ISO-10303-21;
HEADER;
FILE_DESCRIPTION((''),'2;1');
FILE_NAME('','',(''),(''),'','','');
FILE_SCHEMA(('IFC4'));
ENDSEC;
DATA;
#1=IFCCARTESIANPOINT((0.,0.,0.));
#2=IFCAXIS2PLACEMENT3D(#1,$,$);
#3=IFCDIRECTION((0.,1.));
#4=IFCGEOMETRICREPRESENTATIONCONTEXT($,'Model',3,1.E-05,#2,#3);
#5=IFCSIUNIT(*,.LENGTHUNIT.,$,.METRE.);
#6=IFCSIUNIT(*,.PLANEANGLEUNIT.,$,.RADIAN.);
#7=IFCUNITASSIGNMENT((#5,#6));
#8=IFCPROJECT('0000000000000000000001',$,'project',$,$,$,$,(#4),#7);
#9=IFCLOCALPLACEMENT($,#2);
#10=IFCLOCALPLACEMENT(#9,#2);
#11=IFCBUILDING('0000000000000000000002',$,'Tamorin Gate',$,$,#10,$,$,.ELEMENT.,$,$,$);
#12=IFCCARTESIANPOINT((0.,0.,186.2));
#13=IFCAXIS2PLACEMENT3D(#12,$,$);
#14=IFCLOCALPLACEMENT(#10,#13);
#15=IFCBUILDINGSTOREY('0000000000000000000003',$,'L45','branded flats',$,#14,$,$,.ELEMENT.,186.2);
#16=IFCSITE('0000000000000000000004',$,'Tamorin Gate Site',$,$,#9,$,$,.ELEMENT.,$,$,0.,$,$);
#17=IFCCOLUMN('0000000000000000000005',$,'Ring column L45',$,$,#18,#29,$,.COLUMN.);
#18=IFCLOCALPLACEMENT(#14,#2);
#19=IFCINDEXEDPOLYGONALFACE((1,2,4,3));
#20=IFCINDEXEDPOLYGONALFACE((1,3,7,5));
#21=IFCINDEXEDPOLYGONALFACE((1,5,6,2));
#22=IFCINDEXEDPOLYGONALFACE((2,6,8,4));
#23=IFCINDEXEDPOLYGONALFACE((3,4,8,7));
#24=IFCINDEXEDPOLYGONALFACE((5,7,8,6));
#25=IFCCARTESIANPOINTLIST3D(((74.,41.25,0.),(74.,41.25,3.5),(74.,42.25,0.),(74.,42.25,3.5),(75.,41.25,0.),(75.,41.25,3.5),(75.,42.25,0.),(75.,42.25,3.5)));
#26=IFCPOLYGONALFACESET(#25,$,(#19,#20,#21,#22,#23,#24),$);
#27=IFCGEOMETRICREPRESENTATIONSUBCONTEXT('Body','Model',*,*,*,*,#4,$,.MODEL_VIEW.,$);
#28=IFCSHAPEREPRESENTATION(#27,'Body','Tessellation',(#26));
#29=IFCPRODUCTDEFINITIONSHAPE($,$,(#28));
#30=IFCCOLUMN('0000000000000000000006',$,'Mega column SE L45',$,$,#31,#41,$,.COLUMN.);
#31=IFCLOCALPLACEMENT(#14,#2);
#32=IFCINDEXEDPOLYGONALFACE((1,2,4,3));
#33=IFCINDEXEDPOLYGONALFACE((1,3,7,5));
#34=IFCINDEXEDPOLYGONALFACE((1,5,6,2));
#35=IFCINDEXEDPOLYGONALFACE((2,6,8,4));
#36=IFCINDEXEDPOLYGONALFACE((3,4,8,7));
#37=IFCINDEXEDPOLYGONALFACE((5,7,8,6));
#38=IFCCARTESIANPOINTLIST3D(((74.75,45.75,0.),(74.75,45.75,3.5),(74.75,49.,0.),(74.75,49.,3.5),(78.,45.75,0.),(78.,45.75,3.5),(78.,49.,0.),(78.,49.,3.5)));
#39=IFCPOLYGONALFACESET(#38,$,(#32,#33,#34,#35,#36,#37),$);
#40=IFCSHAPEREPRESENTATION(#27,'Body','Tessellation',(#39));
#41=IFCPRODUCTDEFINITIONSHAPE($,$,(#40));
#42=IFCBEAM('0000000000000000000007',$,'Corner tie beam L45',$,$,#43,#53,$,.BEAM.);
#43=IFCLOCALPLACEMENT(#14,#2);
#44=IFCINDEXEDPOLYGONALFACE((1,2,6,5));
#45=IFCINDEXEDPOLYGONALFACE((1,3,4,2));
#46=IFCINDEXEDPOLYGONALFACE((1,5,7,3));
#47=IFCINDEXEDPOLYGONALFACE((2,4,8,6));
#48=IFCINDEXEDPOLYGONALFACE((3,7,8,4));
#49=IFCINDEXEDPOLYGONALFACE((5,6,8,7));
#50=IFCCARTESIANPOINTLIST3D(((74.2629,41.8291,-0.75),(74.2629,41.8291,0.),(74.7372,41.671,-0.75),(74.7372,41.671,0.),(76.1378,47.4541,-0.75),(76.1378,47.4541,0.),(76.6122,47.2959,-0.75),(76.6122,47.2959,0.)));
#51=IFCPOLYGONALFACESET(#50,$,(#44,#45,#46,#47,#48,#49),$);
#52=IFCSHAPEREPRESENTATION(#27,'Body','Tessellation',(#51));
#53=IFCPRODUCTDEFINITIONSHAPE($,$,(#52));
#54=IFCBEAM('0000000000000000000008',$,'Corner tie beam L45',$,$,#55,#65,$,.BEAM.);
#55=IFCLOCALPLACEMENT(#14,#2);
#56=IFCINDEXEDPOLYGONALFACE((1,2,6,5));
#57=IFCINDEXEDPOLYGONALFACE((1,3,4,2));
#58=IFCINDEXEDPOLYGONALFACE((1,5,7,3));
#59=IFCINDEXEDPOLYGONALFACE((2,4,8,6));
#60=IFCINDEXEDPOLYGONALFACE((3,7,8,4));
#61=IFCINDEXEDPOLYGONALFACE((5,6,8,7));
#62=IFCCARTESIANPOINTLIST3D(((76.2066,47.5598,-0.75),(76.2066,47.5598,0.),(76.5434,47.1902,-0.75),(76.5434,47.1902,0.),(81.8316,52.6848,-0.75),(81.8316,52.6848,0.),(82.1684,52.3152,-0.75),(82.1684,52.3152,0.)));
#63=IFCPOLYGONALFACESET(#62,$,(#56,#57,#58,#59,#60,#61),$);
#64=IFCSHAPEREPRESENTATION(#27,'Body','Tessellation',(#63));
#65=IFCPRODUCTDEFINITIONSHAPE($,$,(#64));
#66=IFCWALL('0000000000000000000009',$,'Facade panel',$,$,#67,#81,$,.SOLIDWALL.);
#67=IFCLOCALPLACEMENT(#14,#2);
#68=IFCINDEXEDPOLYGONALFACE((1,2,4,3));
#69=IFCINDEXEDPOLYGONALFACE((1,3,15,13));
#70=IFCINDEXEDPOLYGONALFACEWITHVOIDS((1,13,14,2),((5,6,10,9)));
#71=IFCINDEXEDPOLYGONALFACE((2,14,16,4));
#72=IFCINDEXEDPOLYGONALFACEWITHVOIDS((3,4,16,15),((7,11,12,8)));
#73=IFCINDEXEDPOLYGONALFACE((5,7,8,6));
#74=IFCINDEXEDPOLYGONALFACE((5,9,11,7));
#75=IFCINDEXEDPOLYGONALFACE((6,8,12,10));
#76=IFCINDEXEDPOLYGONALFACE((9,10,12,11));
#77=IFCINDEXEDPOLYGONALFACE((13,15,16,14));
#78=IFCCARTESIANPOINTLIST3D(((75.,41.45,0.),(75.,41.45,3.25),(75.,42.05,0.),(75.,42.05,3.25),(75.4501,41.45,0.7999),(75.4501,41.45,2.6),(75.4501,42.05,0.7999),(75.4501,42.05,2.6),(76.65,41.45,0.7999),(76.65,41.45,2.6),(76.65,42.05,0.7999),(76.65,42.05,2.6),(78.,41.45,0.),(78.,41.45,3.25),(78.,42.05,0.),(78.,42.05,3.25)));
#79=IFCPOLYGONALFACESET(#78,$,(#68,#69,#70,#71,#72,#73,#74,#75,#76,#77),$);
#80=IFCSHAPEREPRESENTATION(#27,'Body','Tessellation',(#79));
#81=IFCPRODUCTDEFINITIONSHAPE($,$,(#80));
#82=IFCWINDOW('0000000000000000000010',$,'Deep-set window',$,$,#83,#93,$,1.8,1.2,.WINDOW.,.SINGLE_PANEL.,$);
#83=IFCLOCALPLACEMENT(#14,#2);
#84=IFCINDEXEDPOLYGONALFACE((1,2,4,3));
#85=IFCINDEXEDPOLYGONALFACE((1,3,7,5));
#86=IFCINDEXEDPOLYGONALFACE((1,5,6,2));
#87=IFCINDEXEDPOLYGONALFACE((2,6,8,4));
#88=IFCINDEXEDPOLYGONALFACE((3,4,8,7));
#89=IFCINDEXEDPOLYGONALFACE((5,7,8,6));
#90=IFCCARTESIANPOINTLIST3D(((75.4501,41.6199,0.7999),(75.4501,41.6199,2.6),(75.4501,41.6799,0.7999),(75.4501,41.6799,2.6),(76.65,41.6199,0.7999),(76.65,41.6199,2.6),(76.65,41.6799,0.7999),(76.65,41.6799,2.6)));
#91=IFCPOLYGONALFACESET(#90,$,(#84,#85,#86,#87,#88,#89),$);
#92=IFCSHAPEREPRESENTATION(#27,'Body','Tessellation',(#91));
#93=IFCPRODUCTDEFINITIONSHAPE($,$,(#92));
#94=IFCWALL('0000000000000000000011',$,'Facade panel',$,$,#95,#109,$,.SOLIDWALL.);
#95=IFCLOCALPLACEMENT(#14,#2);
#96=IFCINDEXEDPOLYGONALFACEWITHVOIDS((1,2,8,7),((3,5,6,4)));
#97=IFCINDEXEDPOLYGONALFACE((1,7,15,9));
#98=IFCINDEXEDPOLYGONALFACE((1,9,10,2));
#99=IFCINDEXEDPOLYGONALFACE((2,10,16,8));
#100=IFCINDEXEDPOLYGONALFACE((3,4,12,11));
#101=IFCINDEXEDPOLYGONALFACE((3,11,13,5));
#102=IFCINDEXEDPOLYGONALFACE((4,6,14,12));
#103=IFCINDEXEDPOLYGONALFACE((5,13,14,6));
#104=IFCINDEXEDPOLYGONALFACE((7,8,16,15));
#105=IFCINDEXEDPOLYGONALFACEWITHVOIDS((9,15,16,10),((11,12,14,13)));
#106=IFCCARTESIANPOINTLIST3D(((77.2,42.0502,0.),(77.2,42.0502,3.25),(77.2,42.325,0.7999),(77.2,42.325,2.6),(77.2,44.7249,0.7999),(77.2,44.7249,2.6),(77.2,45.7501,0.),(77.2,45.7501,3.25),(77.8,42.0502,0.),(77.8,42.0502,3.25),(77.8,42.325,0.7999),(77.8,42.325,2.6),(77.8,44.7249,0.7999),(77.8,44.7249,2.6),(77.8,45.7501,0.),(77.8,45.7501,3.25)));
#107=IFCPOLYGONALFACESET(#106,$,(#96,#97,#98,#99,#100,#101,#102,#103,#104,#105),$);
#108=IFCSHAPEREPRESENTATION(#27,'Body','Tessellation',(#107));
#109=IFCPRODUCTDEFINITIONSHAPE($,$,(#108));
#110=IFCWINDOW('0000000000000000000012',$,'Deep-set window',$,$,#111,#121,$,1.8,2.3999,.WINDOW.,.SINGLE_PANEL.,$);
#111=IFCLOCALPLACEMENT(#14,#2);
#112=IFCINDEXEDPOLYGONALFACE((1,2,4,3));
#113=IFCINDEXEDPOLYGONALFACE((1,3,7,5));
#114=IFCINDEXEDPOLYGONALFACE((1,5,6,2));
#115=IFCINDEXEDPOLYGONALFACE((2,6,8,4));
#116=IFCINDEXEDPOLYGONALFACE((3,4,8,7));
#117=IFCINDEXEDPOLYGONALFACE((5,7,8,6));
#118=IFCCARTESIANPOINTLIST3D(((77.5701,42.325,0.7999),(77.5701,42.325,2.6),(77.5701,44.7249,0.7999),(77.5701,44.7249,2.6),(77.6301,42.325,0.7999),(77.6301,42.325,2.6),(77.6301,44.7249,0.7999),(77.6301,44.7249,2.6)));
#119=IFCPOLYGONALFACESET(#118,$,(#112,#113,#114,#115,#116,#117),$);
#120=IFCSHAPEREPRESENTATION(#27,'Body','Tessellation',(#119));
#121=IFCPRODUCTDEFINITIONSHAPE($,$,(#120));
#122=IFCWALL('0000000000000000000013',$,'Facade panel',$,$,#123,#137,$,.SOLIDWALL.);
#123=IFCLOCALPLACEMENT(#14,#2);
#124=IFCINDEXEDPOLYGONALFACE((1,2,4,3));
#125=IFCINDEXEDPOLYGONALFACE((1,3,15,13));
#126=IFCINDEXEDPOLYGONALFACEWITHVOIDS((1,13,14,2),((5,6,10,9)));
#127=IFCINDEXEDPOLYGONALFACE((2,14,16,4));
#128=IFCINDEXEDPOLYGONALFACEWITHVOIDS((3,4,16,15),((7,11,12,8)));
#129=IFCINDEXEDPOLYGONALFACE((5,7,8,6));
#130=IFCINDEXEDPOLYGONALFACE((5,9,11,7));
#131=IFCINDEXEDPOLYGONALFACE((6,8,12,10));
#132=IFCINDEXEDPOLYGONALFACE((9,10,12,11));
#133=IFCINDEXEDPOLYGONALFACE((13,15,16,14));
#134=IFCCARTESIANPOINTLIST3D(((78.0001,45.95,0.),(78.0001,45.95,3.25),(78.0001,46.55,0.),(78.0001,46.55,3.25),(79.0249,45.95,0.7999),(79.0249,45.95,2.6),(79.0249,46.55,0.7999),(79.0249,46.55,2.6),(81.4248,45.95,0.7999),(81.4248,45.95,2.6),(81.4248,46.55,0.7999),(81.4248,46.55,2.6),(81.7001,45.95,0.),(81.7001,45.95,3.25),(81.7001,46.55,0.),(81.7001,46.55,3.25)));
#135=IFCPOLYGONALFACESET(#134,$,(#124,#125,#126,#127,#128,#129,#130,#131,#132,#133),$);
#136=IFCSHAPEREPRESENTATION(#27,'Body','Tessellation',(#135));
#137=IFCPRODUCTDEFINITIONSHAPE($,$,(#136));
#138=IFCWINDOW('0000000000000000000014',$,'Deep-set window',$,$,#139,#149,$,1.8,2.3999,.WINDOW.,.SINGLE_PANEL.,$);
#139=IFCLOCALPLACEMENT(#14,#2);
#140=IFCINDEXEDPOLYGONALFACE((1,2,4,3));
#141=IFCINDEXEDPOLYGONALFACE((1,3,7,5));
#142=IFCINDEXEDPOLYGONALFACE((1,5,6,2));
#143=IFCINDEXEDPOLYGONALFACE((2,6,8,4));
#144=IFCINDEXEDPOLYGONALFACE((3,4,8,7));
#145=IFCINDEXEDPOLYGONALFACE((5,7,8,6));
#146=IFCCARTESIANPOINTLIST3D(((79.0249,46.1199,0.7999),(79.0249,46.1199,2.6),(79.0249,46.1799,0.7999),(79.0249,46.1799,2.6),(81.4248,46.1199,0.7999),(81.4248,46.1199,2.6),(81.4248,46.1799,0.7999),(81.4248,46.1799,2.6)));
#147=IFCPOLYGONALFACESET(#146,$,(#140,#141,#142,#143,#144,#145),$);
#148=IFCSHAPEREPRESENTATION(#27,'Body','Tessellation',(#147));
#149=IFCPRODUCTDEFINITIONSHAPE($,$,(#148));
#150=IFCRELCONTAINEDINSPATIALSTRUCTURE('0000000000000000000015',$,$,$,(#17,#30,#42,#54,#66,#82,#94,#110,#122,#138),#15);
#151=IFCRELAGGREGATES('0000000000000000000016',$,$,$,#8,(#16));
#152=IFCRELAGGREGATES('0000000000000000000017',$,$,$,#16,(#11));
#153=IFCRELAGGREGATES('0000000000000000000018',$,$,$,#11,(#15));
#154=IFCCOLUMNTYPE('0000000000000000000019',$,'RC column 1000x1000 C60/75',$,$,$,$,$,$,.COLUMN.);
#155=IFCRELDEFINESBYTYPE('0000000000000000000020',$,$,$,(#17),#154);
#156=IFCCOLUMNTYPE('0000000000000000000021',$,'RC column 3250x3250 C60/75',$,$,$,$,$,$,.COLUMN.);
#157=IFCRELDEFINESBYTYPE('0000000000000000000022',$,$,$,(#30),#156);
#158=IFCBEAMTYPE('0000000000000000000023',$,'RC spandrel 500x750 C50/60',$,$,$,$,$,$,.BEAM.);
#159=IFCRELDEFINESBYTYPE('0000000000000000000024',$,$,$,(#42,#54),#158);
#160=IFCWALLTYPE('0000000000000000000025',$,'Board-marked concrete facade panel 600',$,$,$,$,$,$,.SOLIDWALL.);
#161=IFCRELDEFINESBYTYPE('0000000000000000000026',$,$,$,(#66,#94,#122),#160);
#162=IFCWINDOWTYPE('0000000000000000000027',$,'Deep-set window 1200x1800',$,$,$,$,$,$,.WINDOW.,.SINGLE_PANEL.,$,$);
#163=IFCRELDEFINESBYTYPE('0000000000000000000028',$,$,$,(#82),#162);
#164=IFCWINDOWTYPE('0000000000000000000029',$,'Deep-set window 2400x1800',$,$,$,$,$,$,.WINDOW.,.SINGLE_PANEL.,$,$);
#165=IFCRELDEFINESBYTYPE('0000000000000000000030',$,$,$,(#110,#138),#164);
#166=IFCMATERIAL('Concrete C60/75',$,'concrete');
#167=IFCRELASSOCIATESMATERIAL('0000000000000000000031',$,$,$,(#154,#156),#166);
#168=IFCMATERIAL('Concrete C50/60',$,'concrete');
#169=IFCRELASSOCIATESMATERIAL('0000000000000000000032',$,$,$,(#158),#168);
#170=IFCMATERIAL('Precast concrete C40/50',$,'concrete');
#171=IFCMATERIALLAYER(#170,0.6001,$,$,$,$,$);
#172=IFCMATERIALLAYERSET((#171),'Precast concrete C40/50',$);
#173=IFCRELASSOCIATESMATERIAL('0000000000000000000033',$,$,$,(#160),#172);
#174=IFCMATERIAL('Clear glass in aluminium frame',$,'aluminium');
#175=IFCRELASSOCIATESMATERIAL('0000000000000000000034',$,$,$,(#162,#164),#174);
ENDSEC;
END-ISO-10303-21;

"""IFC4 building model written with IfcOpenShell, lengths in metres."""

from ifc_helpers import new_model, si_unit, direction, frame, frame_2d, origin, origin_2d, place, context, subcontext, project, spatial, rectangle, extrude, material, layer, layer_set, material_profile, profile_set, type_object, element, fill, save


model = new_model("IFC4")

# Units and contexts
model_context = context("Model", 3, precision=1e-05, world=origin(), true_north=direction((0.0, 1.0)))
body_context = subcontext(model_context, "Body", "Model", "MODEL_VIEW")
ifc_project = project(units=[si_unit("LENGTHUNIT", "METRE"), si_unit("PLANEANGLEUNIT", "RADIAN")], contexts=[model_context])

# Site, building, storey
site_placement = place(None, origin())
site = spatial("IfcSite", under=ifc_project, at=site_placement, Name="Tamorin Gate Site", CompositionType="ELEMENT", RefElevation=0.0)
building_placement = place(site_placement, origin())
building = spatial("IfcBuilding", under=site, at=building_placement, Name="Tamorin Gate", CompositionType="ELEMENT")
storey_placement = place(building_placement, frame((0.0, 0.0, 186.2)))
storey = spatial("IfcBuildingStorey", under=building, at=storey_placement, Name="L45", Description="branded flats", CompositionType="ELEMENT", Elevation=186.2)

# Columns
ifc_material_1 = material(Name="Concrete C60/75", Category="concrete")
ifc_material_profile_1 = material_profile(ifc_material_1, rectangle(XDim=1.0, YDim=1.0, at=origin_2d()), Name="RC 1000x1000")
ifc_profile_set_1 = profile_set([ifc_material_profile_1], Name="Concrete C60/75")
column_type_1 = type_object("IfcColumnType", Name="RC column 1000x1000 C60/75", PredefinedType="COLUMN", material=ifc_profile_set_1)
column_1_placement = place(storey_placement, frame((74.5, 41.75, 0.0), z_axis=(0.0, 0.0, 1.0), x_axis=(1.0, 0.0, 0.0)))
element("IfcColumn", 1, at=column_1_placement, inside=storey, type_object=column_type_1, Name="Ring column L45", PredefinedType="COLUMN", context=body_context, shape_type="SweptSolid", body=[
    extrude(rectangle(XDim=1.0, YDim=1.0, at=origin_2d()), origin(), (0.0, 0.0, 1.0), 3.5),
])
ifc_material_profile_2 = material_profile(ifc_material_1, rectangle(XDim=3.25, YDim=3.25, at=origin_2d()), Name="RC 3250x3250")
ifc_profile_set_2 = profile_set([ifc_material_profile_2], Name="Concrete C60/75")
column_type_2 = type_object("IfcColumnType", Name="RC column 3250x3250 C60/75", PredefinedType="COLUMN", material=ifc_profile_set_2)
column_2_placement = place(storey_placement, frame((76.375, 47.375, 0.0), z_axis=(0.0, 0.0, 1.0), x_axis=(1.0, 0.0, 0.0)))
element("IfcColumn", 2, at=column_2_placement, inside=storey, type_object=column_type_2, Name="Mega column SE L45", PredefinedType="COLUMN", context=body_context, shape_type="SweptSolid", body=[
    extrude(rectangle(XDim=3.25, YDim=3.25, at=origin_2d()), origin(), (0.0, 0.0, 1.0), 3.5),
])

# Beams
ifc_material_2 = material(Name="Concrete C50/60", Category="concrete")
ifc_material_profile_3 = material_profile(ifc_material_2, rectangle(XDim=0.5, YDim=0.75, at=origin_2d()), Name="RC 500x750")
ifc_profile_set_3 = profile_set([ifc_material_profile_3], Name="Concrete C50/60")
beam_type = type_object("IfcBeamType", Name="RC spandrel 500x750 C50/60", PredefinedType="BEAM", material=ifc_profile_set_3)
beam_1_placement = place(storey_placement, frame((76.375, 47.375, -0.375), z_axis=(-0.316228, -0.948683, 0.0), x_axis=(0.948683, -0.316228, 0.0)))
element("IfcBeam", 3, at=beam_1_placement, inside=storey, type_object=beam_type, Name="Corner tie beam L45", PredefinedType="BEAM", context=body_context, shape_type="SweptSolid", body=[
    extrude(rectangle(XDim=0.5, YDim=0.75, at=origin_2d()), origin(), (0.0, 0.0, 1.0), 5.9292),
])
beam_2_placement = place(storey_placement, frame((76.375, 47.375, -0.375), z_axis=(0.739196, 0.67349, 0.0), x_axis=(-0.67349, 0.739196, 0.0)))
element("IfcBeam", 4, at=beam_2_placement, inside=storey, type_object=beam_type, Name="Corner tie beam L45", PredefinedType="BEAM", context=body_context, shape_type="SweptSolid", body=[
    extrude(rectangle(XDim=0.5, YDim=0.75, at=origin_2d()), origin(), (0.0, 0.0, 1.0), 7.6096),
])

# Walls, openings, windows
ifc_material_3 = material(Name="Precast concrete C40/50", Category="concrete")
ifc_layer = layer(ifc_material_3, 0.6001)
ifc_layer_set = layer_set([ifc_layer], Name="Precast concrete C40/50")
wall_type = type_object("IfcWallType", Name="Board-marked concrete facade panel 600", PredefinedType="SOLIDWALL", material=ifc_layer_set)
wall_1_placement = place(storey_placement, frame((75.0, 41.75, 0.0), z_axis=(0.0, 0.0, 1.0), x_axis=(1.0, 0.0, 0.0)))
wall_1 = element("IfcWall", 5, at=wall_1_placement, inside=storey, type_object=wall_type, Name="Facade panel", PredefinedType="SOLIDWALL", context=body_context, shape_type="SweptSolid", body=[
    extrude(rectangle(XDim=3.0, YDim=0.6001, at=frame_2d((1.5, 0.0))), origin(), (0.0, 0.0, 1.0), 3.25),
])
opening_1_placement = place(wall_1_placement, frame((0.45, 0.0, 0.8)))
opening_1 = element("IfcOpeningElement", 6, at=opening_1_placement, cuts=wall_1, PredefinedType="OPENING", context=body_context, shape_type="SweptSolid", body=[
    extrude(rectangle(XDim=1.2, YDim=1.8, at=frame_2d((0.6001, 0.8999))), frame((0.0, 0.3101, 0.0), z_axis=(0.0, -1.0, 0.0), x_axis=(1.0, 0.0, 0.0)), (0.0, 0.0, 1.0), 0.6201),
])
ifc_material_4 = material(Name="Clear glass in aluminium frame", Category="aluminium")
window_type_1 = type_object("IfcWindowType", Name="Deep-set window 1200x1800", PartitioningType="SINGLE_PANEL", PredefinedType="WINDOW", material=ifc_material_4)
window_1_placement = place(opening_1_placement, origin())
window_1 = element("IfcWindow", 7, at=window_1_placement, inside=storey, type_object=window_type_1, Name="Deep-set window", OverallHeight=1.8, OverallWidth=1.2, PartitioningType="SINGLE_PANEL", PredefinedType="WINDOW", context=body_context, shape_type="SweptSolid", body=[
    extrude(rectangle(XDim=1.2, YDim=1.8, at=frame_2d((0.6001, 0.8999))), frame((0.0, -0.0701, 0.0), z_axis=(0.0, -1.0, 0.0), x_axis=(1.0, 0.0, 0.0)), (0.0, 0.0, 1.0), 0.0601),
])
fill(opening_1, window_1)
wall_2_placement = place(storey_placement, frame((77.5, 42.05, 0.0), z_axis=(0.0, 0.0, 1.0), x_axis=(0.0, 1.0, 0.0)))
wall_2 = element("IfcWall", 8, at=wall_2_placement, inside=storey, type_object=wall_type, Name="Facade panel", PredefinedType="SOLIDWALL", context=body_context, shape_type="SweptSolid", body=[
    extrude(rectangle(XDim=3.7, YDim=0.6001, at=frame_2d((1.8501, 0.0))), origin(), (0.0, 0.0, 1.0), 3.25),
])
opening_2_placement = place(wall_2_placement, frame((0.2749, 0.0, 0.8)))
opening_2 = element("IfcOpeningElement", 9, at=opening_2_placement, cuts=wall_2, PredefinedType="OPENING", context=body_context, shape_type="SweptSolid", body=[
    extrude(rectangle(XDim=2.3999, YDim=1.8, at=frame_2d((1.2, 0.8999))), frame((0.0, 0.3101, 0.0), z_axis=(0.0, -1.0, 0.0), x_axis=(1.0, 0.0, 0.0)), (0.0, 0.0, 1.0), 0.6201),
])
window_type_2 = type_object("IfcWindowType", Name="Deep-set window 2400x1800", PartitioningType="SINGLE_PANEL", PredefinedType="WINDOW", material=ifc_material_4)
window_2_placement = place(opening_2_placement, origin())
window_2 = element("IfcWindow", 10, at=window_2_placement, inside=storey, type_object=window_type_2, Name="Deep-set window", OverallHeight=1.8, OverallWidth=2.3999, PartitioningType="SINGLE_PANEL", PredefinedType="WINDOW", context=body_context, shape_type="SweptSolid", body=[
    extrude(rectangle(XDim=2.3999, YDim=1.8, at=frame_2d((1.2, 0.8999))), frame((0.0, -0.0701, 0.0), z_axis=(0.0, -1.0, 0.0), x_axis=(1.0, 0.0, 0.0)), (0.0, 0.0, 1.0), 0.0601),
])
fill(opening_2, window_2)
wall_3_placement = place(storey_placement, frame((78.0, 46.25, 0.0), z_axis=(0.0, 0.0, 1.0), x_axis=(1.0, 0.0, 0.0)))
wall_3 = element("IfcWall", 11, at=wall_3_placement, inside=storey, type_object=wall_type, Name="Facade panel", PredefinedType="SOLIDWALL", context=body_context, shape_type="SweptSolid", body=[
    extrude(rectangle(XDim=3.7, YDim=0.6001, at=frame_2d((1.8501, 0.0))), origin(), (0.0, 0.0, 1.0), 3.25),
])
opening_3_placement = place(wall_3_placement, frame((1.0249, 0.0, 0.8)))
opening_3 = element("IfcOpeningElement", 12, at=opening_3_placement, cuts=wall_3, PredefinedType="OPENING", context=body_context, shape_type="SweptSolid", body=[
    extrude(rectangle(XDim=2.3999, YDim=1.8, at=frame_2d((1.2, 0.8999))), frame((0.0, 0.3101, 0.0), z_axis=(0.0, -1.0, 0.0), x_axis=(1.0, 0.0, 0.0)), (0.0, 0.0, 1.0), 0.6201),
])
window_3_placement = place(opening_3_placement, origin())
window_3 = element("IfcWindow", 13, at=window_3_placement, inside=storey, type_object=window_type_2, Name="Deep-set window", OverallHeight=1.8, OverallWidth=2.3999, PartitioningType="SINGLE_PANEL", PredefinedType="WINDOW", context=body_context, shape_type="SweptSolid", body=[
    extrude(rectangle(XDim=2.3999, YDim=1.8, at=frame_2d((1.2, 0.8999))), frame((0.0, -0.0701, 0.0), z_axis=(0.0, -1.0, 0.0), x_axis=(1.0, 0.0, 0.0)), (0.0, 0.0, 1.0), 0.0601),
])
fill(opening_3, window_3)

save(model, "model.ifc")
